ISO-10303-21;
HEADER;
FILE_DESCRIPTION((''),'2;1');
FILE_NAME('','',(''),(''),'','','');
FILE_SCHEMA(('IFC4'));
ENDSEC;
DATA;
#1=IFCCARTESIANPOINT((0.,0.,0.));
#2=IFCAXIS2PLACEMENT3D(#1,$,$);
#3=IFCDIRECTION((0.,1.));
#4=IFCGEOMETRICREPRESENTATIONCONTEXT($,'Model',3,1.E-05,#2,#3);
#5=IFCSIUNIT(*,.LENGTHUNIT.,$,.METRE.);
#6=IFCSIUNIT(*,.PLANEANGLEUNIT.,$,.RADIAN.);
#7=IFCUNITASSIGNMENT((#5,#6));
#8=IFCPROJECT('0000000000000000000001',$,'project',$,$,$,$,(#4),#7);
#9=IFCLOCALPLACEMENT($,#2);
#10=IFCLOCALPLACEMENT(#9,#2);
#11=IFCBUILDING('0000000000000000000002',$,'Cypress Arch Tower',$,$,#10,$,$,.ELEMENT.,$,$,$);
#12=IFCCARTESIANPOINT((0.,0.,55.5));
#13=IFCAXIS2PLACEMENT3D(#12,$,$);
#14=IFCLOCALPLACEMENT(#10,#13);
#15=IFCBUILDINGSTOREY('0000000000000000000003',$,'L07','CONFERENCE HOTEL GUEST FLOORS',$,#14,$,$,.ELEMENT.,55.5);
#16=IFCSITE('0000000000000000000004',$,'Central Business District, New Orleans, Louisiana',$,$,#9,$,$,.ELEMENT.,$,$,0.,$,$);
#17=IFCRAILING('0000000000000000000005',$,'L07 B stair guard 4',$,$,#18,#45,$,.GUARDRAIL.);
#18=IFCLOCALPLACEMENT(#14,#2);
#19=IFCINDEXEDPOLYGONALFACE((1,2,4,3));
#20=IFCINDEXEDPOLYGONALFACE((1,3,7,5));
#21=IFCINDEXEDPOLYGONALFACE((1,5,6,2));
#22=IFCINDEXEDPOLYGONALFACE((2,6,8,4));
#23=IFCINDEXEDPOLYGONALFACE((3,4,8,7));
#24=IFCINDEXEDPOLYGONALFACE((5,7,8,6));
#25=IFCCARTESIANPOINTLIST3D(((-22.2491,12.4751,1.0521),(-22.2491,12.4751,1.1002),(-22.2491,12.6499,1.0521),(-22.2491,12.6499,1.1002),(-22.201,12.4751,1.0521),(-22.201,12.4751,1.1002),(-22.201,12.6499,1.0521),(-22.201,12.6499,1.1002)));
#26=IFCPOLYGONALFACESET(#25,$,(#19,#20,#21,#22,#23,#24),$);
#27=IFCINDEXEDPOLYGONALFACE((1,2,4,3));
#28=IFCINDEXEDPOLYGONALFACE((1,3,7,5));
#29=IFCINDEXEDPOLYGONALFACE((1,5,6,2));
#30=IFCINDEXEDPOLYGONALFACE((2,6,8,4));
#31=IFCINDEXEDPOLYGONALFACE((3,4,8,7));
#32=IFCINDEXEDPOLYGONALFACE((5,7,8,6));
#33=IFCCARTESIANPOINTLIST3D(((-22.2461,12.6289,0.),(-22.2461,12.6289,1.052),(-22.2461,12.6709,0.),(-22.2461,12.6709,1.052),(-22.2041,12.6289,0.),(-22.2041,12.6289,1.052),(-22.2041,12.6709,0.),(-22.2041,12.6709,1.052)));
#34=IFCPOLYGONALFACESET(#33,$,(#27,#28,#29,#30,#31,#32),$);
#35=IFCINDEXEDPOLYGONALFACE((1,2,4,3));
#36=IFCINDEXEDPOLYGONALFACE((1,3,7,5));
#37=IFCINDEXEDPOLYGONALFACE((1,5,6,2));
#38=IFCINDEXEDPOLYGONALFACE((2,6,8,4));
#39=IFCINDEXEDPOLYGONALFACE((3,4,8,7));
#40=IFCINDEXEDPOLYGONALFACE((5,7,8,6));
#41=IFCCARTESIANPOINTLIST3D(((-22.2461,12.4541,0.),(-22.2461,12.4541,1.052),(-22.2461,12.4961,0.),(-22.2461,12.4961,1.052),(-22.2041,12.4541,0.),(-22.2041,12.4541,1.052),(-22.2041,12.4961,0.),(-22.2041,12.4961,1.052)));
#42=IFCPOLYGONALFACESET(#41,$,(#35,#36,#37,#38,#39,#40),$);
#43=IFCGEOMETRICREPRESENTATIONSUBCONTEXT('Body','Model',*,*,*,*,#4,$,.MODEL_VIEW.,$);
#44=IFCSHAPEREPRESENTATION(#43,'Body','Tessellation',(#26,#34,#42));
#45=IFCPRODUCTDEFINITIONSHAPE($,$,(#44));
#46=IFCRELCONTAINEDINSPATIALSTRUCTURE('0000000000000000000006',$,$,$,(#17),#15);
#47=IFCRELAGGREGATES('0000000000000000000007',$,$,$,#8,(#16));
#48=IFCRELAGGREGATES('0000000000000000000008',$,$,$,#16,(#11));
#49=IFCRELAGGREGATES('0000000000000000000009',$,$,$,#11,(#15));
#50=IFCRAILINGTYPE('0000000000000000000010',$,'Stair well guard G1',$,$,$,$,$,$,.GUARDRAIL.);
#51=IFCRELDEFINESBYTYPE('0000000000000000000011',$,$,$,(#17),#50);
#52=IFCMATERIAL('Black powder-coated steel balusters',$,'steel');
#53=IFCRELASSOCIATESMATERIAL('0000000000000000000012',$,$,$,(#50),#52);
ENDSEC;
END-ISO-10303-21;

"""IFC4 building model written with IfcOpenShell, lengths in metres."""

from ifc_helpers import new_model, si_unit, direction, frame, origin, origin_2d, place, context, subcontext, project, spatial, rectangle, extrude, material, type_object, element, save


model = new_model("IFC4")

# Units and contexts
model_context = context("Model", 3, precision=1e-05, world=origin(), true_north=direction((0.0, 1.0)))
body_context = subcontext(model_context, "Body", "Model", "MODEL_VIEW")
ifc_project = project(units=[si_unit("LENGTHUNIT", "METRE"), si_unit("PLANEANGLEUNIT", "RADIAN")], contexts=[model_context])

# Site, building, storey
site_placement = place(None, origin())
site = spatial("IfcSite", under=ifc_project, at=site_placement, Name="Central Business District, New Orleans, Louisiana", CompositionType="ELEMENT", RefElevation=0.0)
building_placement = place(site_placement, origin())
building = spatial("IfcBuilding", under=site, at=building_placement, Name="Cypress Arch Tower", CompositionType="ELEMENT")
storey_placement = place(building_placement, frame((0.0, 0.0, 55.5)))
storey = spatial("IfcBuildingStorey", under=building, at=storey_placement, Name="L07", Description="CONFERENCE HOTEL GUEST FLOORS", CompositionType="ELEMENT", Elevation=55.5)

# Railing
ifc_material_1 = material(Name="Black powder-coated steel balusters", Category="steel")
railing_type_1 = type_object("IfcRailingType", Name="Stair well guard G1", PredefinedType="GUARDRAIL", material=ifc_material_1)
railing_1_placement = place(storey_placement, frame((-22.2251, 12.6499, 0.0)))
element("IfcRailing", 1, at=railing_1_placement, inside=storey, type_object=railing_type_1, Name="L07 B stair guard 4", PredefinedType="GUARDRAIL", context=body_context, shape_type="SweptSolid", body=[
    extrude(rectangle(XDim=0.0481, YDim=0.0481, at=origin_2d()), frame((0.0, 0.0, 1.0762), z_axis=(0.0, -1.0, 0.0), x_axis=(1.0, 0.0, 0.0)), (0.0, 0.0, 1.0), 0.1748),
    extrude(rectangle(XDim=0.042, YDim=0.042, at=origin_2d()), origin(), (0.0, 0.0, 1.0), 1.052),
    extrude(rectangle(XDim=0.042, YDim=0.042, at=origin_2d()), frame((0.0, -0.1748, 0.0)), (0.0, 0.0, 1.0), 1.052),
])

save(model, "model.ifc")
